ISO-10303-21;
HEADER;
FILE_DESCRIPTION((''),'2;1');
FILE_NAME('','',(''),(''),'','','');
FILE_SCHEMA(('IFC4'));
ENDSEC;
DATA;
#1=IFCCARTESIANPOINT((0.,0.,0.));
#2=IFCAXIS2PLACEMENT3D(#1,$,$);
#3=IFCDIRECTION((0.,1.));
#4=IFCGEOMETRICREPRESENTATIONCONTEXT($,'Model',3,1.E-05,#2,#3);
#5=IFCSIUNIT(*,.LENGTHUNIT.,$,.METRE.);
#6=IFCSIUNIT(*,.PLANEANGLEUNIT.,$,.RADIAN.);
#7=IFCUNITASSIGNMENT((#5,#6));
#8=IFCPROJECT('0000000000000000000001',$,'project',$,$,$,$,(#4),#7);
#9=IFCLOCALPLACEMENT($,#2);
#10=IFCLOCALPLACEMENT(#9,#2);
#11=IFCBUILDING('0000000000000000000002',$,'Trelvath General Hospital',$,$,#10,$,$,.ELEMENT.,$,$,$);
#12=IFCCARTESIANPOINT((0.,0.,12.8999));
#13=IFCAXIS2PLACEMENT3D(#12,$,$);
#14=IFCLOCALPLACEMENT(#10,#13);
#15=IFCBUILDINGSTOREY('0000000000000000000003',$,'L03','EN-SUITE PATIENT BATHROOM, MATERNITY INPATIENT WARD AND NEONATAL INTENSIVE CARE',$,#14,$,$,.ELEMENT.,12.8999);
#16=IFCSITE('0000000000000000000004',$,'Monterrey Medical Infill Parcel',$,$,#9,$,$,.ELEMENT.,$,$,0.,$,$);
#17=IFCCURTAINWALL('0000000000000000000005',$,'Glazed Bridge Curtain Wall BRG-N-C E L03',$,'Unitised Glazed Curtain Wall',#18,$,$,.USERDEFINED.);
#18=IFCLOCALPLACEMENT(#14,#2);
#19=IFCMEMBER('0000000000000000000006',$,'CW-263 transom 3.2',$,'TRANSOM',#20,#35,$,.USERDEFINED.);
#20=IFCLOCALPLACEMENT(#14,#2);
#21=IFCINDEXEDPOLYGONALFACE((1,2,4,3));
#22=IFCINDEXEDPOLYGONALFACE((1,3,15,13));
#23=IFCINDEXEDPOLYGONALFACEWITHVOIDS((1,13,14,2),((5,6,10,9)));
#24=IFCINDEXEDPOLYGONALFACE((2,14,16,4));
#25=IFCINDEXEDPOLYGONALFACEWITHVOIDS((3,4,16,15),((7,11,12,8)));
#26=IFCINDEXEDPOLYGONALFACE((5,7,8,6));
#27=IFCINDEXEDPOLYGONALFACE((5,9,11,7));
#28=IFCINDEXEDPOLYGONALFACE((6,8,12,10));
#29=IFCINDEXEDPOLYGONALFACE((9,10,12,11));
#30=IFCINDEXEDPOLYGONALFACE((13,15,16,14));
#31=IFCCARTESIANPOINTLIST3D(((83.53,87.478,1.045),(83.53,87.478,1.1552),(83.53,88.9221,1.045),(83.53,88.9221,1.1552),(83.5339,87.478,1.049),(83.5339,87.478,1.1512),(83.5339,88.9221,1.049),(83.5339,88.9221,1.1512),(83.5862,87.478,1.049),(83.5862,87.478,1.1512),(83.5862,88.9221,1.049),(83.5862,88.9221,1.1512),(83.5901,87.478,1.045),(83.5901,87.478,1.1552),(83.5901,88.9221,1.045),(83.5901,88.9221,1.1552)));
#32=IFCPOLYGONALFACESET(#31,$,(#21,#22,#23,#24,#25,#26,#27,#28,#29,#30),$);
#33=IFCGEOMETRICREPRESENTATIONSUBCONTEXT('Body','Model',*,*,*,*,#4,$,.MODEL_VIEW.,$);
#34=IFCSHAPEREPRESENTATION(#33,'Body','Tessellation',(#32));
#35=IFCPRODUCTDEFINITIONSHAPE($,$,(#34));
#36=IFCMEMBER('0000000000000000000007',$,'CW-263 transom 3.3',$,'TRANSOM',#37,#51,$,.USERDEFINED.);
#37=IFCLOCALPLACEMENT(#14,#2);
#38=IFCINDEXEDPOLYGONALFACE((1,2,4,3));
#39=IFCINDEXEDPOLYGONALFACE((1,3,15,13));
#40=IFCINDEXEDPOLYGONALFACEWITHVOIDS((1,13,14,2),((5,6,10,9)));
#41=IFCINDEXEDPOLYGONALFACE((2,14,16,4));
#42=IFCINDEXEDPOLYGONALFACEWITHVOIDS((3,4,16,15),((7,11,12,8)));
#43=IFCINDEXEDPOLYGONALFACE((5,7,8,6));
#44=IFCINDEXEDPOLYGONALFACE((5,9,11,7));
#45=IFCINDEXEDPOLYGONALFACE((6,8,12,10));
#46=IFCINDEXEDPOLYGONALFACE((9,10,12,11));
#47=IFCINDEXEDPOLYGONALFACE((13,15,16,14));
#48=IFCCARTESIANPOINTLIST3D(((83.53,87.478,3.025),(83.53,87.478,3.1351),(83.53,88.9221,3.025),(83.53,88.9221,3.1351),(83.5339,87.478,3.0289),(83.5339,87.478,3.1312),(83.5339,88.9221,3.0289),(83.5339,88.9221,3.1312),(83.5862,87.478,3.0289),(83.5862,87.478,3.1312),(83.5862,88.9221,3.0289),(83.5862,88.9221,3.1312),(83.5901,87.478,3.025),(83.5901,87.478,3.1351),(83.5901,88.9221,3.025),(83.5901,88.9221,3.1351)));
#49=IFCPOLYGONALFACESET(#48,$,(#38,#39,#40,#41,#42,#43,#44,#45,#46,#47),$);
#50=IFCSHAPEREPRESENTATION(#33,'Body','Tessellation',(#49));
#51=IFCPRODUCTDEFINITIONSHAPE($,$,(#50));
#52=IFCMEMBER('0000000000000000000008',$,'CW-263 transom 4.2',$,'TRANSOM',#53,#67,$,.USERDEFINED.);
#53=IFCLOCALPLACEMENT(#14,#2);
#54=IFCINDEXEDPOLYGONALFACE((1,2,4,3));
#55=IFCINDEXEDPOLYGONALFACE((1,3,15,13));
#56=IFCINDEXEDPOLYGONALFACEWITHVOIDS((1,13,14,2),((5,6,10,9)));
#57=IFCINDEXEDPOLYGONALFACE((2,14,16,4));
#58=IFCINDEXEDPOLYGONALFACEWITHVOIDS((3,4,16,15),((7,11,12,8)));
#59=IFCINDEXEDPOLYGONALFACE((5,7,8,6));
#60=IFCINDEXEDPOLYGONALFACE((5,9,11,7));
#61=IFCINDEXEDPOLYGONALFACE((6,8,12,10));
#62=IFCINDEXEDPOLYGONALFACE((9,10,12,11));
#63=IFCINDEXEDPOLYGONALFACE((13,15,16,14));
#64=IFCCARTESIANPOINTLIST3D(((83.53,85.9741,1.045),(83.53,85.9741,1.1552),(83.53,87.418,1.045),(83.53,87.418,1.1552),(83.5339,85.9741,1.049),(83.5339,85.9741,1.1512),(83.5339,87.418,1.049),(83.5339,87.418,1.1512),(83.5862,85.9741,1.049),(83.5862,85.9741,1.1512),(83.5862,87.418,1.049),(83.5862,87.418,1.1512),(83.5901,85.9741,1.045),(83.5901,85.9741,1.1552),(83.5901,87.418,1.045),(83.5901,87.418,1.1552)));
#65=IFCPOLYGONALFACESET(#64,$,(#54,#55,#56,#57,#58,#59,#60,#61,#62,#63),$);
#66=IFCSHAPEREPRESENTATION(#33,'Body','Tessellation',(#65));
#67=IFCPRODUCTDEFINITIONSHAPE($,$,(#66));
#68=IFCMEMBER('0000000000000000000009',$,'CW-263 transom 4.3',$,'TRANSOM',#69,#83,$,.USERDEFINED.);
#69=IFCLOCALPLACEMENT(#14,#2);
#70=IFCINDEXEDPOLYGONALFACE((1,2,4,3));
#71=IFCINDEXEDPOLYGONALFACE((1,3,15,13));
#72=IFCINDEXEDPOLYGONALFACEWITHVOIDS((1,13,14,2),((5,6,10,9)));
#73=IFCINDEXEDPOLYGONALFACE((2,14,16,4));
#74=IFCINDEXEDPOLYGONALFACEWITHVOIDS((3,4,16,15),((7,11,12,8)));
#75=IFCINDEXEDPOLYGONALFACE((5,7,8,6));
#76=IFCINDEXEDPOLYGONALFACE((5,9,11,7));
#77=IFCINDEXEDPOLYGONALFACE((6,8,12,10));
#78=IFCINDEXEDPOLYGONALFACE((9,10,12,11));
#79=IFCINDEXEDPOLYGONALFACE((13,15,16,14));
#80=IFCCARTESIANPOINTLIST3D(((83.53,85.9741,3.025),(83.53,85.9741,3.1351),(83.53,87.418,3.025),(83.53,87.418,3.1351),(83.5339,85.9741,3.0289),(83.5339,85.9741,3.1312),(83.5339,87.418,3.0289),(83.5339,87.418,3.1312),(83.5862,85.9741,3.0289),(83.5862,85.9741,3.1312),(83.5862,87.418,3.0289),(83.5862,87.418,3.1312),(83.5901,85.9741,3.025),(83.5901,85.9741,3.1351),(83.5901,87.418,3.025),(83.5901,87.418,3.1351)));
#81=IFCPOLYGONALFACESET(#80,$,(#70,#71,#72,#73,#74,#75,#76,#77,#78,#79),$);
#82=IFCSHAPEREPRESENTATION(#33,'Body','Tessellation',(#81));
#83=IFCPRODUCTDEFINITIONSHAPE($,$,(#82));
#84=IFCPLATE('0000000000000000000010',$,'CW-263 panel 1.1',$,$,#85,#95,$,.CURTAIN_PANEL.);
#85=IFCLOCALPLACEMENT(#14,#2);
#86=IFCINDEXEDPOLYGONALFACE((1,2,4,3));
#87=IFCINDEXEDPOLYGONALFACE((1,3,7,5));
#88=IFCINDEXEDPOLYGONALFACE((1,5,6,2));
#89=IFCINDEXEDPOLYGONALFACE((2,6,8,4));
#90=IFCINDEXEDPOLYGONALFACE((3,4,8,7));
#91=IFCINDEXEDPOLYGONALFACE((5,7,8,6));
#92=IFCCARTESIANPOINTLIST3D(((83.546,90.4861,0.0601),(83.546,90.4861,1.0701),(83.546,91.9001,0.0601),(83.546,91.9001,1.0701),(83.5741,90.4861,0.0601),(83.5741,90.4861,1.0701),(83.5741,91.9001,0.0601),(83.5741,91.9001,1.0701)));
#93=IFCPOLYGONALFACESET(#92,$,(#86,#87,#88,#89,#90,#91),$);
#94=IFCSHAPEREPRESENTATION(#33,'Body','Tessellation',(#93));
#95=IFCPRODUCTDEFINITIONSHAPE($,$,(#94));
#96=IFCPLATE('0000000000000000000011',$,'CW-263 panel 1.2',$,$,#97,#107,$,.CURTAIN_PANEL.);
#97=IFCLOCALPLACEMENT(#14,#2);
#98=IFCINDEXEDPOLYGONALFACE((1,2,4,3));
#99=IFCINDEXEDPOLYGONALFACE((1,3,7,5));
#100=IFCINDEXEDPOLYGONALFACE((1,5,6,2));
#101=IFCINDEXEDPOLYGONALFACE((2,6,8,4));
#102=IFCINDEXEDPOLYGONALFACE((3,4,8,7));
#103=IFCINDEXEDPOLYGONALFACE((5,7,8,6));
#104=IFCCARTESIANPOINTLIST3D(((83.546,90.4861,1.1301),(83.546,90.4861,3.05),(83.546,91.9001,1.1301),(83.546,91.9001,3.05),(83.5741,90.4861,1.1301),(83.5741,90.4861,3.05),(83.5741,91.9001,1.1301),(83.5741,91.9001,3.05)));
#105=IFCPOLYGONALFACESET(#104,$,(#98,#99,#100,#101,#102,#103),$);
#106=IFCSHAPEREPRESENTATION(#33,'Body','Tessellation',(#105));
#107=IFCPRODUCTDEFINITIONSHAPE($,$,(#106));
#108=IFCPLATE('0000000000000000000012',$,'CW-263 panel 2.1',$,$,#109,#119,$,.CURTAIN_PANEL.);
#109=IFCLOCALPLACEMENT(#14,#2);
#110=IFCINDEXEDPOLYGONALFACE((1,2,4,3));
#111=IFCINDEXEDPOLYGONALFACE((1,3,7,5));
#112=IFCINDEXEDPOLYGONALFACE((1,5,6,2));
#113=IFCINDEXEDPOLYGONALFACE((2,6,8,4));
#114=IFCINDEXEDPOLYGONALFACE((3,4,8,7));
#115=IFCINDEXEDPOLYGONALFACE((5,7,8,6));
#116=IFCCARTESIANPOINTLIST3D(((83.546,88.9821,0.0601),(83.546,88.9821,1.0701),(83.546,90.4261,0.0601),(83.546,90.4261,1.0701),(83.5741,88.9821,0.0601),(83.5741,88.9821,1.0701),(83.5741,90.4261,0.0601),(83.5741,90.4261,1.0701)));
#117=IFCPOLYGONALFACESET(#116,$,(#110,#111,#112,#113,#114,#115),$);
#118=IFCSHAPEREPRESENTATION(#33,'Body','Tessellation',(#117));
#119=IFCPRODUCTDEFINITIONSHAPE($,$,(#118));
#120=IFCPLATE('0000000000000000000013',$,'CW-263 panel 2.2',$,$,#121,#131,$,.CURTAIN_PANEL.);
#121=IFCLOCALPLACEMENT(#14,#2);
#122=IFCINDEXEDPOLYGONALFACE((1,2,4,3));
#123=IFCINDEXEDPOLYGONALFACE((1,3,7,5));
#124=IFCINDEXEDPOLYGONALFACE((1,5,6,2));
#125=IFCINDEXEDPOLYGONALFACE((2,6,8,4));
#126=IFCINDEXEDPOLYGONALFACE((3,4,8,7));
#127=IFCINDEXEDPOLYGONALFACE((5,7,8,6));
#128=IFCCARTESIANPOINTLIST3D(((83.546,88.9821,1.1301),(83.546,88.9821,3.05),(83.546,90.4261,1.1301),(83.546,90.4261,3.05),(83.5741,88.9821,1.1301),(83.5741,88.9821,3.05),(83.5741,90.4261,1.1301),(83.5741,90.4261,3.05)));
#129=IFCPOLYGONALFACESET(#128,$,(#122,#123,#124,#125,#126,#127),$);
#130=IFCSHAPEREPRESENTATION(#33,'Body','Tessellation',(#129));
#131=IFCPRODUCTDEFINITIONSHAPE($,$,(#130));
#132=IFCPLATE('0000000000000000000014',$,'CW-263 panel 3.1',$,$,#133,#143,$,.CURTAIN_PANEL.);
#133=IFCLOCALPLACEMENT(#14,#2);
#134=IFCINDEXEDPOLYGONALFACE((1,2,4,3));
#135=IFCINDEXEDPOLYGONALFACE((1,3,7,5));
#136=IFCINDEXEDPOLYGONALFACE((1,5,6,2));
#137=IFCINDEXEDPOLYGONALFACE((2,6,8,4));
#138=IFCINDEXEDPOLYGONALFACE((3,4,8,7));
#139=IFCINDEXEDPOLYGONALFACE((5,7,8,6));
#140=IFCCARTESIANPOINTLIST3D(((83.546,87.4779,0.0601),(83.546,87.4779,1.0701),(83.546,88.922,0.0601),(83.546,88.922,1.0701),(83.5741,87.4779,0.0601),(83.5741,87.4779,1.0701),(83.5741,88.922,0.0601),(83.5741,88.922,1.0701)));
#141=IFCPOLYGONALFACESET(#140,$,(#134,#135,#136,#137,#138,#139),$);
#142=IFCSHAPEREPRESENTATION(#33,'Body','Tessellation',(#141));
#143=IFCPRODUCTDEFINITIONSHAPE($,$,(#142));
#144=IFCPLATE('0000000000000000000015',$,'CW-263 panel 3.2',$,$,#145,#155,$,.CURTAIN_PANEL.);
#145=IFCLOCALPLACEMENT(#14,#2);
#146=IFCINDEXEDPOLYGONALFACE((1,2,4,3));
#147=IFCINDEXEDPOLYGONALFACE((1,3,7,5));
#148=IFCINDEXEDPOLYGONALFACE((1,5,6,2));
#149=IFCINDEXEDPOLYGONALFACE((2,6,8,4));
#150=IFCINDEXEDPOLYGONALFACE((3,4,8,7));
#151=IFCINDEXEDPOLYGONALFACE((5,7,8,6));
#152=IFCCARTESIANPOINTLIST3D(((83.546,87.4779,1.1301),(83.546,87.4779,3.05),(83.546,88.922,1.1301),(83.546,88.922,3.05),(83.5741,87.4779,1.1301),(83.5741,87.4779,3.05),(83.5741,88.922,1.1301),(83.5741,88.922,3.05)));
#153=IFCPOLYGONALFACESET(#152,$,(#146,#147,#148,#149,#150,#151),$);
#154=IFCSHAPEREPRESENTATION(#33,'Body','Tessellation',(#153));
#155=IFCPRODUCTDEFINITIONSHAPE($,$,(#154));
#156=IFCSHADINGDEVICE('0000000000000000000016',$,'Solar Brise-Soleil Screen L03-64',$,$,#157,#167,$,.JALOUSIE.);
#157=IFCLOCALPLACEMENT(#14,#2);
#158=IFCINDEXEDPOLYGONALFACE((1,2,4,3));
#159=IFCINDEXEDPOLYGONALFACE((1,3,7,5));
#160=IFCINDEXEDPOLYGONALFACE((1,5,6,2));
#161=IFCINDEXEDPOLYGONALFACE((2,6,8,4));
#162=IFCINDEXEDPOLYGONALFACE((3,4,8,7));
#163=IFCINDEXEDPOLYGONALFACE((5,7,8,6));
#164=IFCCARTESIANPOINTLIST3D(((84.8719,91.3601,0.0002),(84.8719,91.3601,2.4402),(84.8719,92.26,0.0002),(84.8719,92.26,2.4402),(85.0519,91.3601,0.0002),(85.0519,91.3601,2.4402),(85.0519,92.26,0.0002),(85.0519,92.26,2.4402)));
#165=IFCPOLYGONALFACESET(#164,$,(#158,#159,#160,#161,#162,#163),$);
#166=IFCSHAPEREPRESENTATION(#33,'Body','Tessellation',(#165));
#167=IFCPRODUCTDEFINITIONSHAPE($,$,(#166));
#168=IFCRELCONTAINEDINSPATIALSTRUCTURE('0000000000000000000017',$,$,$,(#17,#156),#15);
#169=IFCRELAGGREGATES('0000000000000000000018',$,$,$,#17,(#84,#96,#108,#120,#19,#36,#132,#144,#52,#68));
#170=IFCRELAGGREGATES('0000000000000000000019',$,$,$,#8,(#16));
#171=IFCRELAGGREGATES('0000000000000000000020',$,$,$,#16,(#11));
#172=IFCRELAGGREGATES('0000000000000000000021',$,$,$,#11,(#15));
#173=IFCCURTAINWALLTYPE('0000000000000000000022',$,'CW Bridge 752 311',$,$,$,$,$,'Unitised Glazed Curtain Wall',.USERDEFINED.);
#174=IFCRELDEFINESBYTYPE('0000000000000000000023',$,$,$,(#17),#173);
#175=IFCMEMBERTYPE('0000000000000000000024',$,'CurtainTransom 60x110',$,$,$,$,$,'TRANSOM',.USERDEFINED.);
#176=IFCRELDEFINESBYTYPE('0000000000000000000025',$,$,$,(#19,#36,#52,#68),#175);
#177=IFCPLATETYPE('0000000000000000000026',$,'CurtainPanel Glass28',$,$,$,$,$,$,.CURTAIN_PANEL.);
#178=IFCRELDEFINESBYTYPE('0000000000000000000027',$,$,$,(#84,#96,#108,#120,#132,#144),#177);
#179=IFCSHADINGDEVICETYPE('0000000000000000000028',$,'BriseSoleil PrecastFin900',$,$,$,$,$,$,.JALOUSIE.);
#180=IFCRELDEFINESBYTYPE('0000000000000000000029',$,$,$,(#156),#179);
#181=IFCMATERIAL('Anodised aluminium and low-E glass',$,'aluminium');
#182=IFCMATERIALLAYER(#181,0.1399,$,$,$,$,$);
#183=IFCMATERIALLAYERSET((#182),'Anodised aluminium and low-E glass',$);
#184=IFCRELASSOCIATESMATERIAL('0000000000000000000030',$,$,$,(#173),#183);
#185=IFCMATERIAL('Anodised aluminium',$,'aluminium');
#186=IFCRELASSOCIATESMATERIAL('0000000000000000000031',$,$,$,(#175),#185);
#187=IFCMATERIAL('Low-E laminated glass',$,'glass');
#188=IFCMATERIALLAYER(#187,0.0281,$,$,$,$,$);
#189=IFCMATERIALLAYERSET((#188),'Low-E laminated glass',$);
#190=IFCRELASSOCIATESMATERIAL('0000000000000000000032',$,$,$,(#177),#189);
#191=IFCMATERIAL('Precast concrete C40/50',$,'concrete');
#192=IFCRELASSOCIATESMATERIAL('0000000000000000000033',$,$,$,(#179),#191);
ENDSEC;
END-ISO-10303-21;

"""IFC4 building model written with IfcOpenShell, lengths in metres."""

from ifc_helpers import new_model, si_unit, direction, frame, origin, origin_2d, place, context, subcontext, project, spatial, rectangle, hollow_rectangle, extrude, material, layer, layer_set, material_profile, profile_set, type_object, element, aggregate, save


model = new_model("IFC4")

# Units and contexts
model_context = context("Model", 3, precision=1e-05, world=origin(), true_north=direction((0.0, 1.0)))
body_context = subcontext(model_context, "Body", "Model", "MODEL_VIEW")
ifc_project = project(units=[si_unit("LENGTHUNIT", "METRE"), si_unit("PLANEANGLEUNIT", "RADIAN")], contexts=[model_context])

# Site, building, storey
site_placement = place(None, origin())
site = spatial("IfcSite", under=ifc_project, at=site_placement, Name="Monterrey Medical Infill Parcel", CompositionType="ELEMENT", RefElevation=0.0)
building_placement = place(site_placement, origin())
building = spatial("IfcBuilding", under=site, at=building_placement, Name="Trelvath General Hospital", CompositionType="ELEMENT")
storey_placement = place(building_placement, frame((0.0, 0.0, 12.8999)))
storey = spatial("IfcBuildingStorey", under=building, at=storey_placement, Name="L03", Description="EN-SUITE PATIENT BATHROOM, MATERNITY INPATIENT WARD AND NEONATAL INTENSIVE CARE", CompositionType="ELEMENT", Elevation=12.8999)

# Curtain wall, members, plates
ifc_material_1 = material(Name="Anodised aluminium and low-E glass", Category="aluminium")
ifc_layer_1 = layer(ifc_material_1, 0.1399)
ifc_layer_set_1 = layer_set([ifc_layer_1], Name="Anodised aluminium and low-E glass")
curtain_wall_type = type_object("IfcCurtainWallType", Name="CW Bridge 752 311", ElementType="Unitised Glazed Curtain Wall", PredefinedType="USERDEFINED", material=ifc_layer_set_1)
curtain_wall_placement = place(storey_placement, origin())
curtain_wall = element("IfcCurtainWall", 1, at=curtain_wall_placement, inside=storey, type_object=curtain_wall_type, Name="Glazed Bridge Curtain Wall BRG-N-C E L03", ObjectType="Unitised Glazed Curtain Wall", PredefinedType="USERDEFINED")
ifc_material_2 = material(Name="Anodised aluminium", Category="aluminium")
ifc_material_profile_1 = material_profile(ifc_material_2, hollow_rectangle(XDim=0.0601, YDim=0.1101, WallThickness=0.0039, at=origin_2d()), Name="RHS60x110x4")
ifc_profile_set_1 = profile_set([ifc_material_profile_1], Name="Anodised aluminium")
member_type_1 = type_object("IfcMemberType", Name="CurtainTransom 60x110", ElementType="TRANSOM", PredefinedType="USERDEFINED", material=ifc_profile_set_1)
member_1_placement = place(storey_placement, frame((83.5601, 88.9221, 1.1001), z_axis=(0.0, -1.0, 0.0), x_axis=(1.0, 0.0, 0.0)))
member_1 = element("IfcMember", 2, at=member_1_placement, type_object=member_type_1, Name="CW-263 transom 3.2", ObjectType="TRANSOM", PredefinedType="USERDEFINED", context=body_context, shape_type="SweptSolid", body=[
    extrude(hollow_rectangle(XDim=0.0601, YDim=0.1101, WallThickness=0.0039, at=origin_2d()), origin(), (0.0, 0.0, 1.0), 1.4441),
])
member_2_placement = place(storey_placement, frame((83.5601, 88.9221, 3.0801), z_axis=(0.0, -1.0, 0.0), x_axis=(1.0, 0.0, 0.0)))
member_2 = element("IfcMember", 3, at=member_2_placement, type_object=member_type_1, Name="CW-263 transom 3.3", ObjectType="TRANSOM", PredefinedType="USERDEFINED", context=body_context, shape_type="SweptSolid", body=[
    extrude(hollow_rectangle(XDim=0.0601, YDim=0.1101, WallThickness=0.0039, at=origin_2d()), origin(), (0.0, 0.0, 1.0), 1.4441),
])
member_3_placement = place(storey_placement, frame((83.5601, 87.418, 1.1001), z_axis=(0.0, -1.0, 0.0), x_axis=(1.0, 0.0, 0.0)))
member_3 = element("IfcMember", 4, at=member_3_placement, type_object=member_type_1, Name="CW-263 transom 4.2", ObjectType="TRANSOM", PredefinedType="USERDEFINED", context=body_context, shape_type="SweptSolid", body=[
    extrude(hollow_rectangle(XDim=0.0601, YDim=0.1101, WallThickness=0.0039, at=origin_2d()), origin(), (0.0, 0.0, 1.0), 1.4438),
])
member_4_placement = place(storey_placement, frame((83.5601, 87.418, 3.0801), z_axis=(0.0, -1.0, 0.0), x_axis=(1.0, 0.0, 0.0)))
member_4 = element("IfcMember", 5, at=member_4_placement, type_object=member_type_1, Name="CW-263 transom 4.3", ObjectType="TRANSOM", PredefinedType="USERDEFINED", context=body_context, shape_type="SweptSolid", body=[
    extrude(hollow_rectangle(XDim=0.0601, YDim=0.1101, WallThickness=0.0039, at=origin_2d()), origin(), (0.0, 0.0, 1.0), 1.4438),
])
ifc_material_3 = material(Name="Low-E laminated glass", Category="glass")
ifc_layer_2 = layer(ifc_material_3, 0.0281)
ifc_layer_set_2 = layer_set([ifc_layer_2], Name="Low-E laminated glass")
plate_type = type_object("IfcPlateType", Name="CurtainPanel Glass28", PredefinedType="CURTAIN_PANEL", material=ifc_layer_set_2)
plate_1_placement = place(storey_placement, frame((83.5601, 91.1931, 0.0601), z_axis=(0.0, 0.0, 1.0), x_axis=(0.0, -1.0, 0.0)))
plate_1 = element("IfcPlate", 6, at=plate_1_placement, type_object=plate_type, Name="CW-263 panel 1.1", PredefinedType="CURTAIN_PANEL", context=body_context, shape_type="SweptSolid", body=[
    extrude(rectangle(XDim=1.4141, YDim=0.0281, at=origin_2d()), origin(), (0.0, 0.0, 1.0), 1.01),
])
plate_2_placement = place(storey_placement, frame((83.5601, 91.1931, 1.1301), z_axis=(0.0, 0.0, 1.0), x_axis=(0.0, -1.0, 0.0)))
plate_2 = element("IfcPlate", 7, at=plate_2_placement, type_object=plate_type, Name="CW-263 panel 1.2", PredefinedType="CURTAIN_PANEL", context=body_context, shape_type="SweptSolid", body=[
    extrude(rectangle(XDim=1.4141, YDim=0.0281, at=origin_2d()), origin(), (0.0, 0.0, 1.0), 1.9199),
])
plate_3_placement = place(storey_placement, frame((83.5601, 89.7041, 0.0601), z_axis=(0.0, 0.0, 1.0), x_axis=(0.0, -1.0, 0.0)))
plate_3 = element("IfcPlate", 8, at=plate_3_placement, type_object=plate_type, Name="CW-263 panel 2.1", PredefinedType="CURTAIN_PANEL", context=body_context, shape_type="SweptSolid", body=[
    extrude(rectangle(XDim=1.4441, YDim=0.0281, at=origin_2d()), origin(), (0.0, 0.0, 1.0), 1.01),
])
plate_4_placement = place(storey_placement, frame((83.5601, 89.7041, 1.1301), z_axis=(0.0, 0.0, 1.0), x_axis=(0.0, -1.0, 0.0)))
plate_4 = element("IfcPlate", 9, at=plate_4_placement, type_object=plate_type, Name="CW-263 panel 2.2", PredefinedType="CURTAIN_PANEL", context=body_context, shape_type="SweptSolid", body=[
    extrude(rectangle(XDim=1.4441, YDim=0.0281, at=origin_2d()), origin(), (0.0, 0.0, 1.0), 1.9199),
])
plate_5_placement = place(storey_placement, frame((83.5601, 88.2, 0.0601), z_axis=(0.0, 0.0, 1.0), x_axis=(0.0, -1.0, 0.0)))
plate_5 = element("IfcPlate", 10, at=plate_5_placement, type_object=plate_type, Name="CW-263 panel 3.1", PredefinedType="CURTAIN_PANEL", context=body_context, shape_type="SweptSolid", body=[
    extrude(rectangle(XDim=1.4441, YDim=0.0281, at=origin_2d()), origin(), (0.0, 0.0, 1.0), 1.01),
])
plate_6_placement = place(storey_placement, frame((83.5601, 88.2, 1.1301), z_axis=(0.0, 0.0, 1.0), x_axis=(0.0, -1.0, 0.0)))
plate_6 = element("IfcPlate", 11, at=plate_6_placement, type_object=plate_type, Name="CW-263 panel 3.2", PredefinedType="CURTAIN_PANEL", context=body_context, shape_type="SweptSolid", body=[
    extrude(rectangle(XDim=1.4441, YDim=0.0281, at=origin_2d()), origin(), (0.0, 0.0, 1.0), 1.9199),
])
aggregate(curtain_wall, [plate_1, plate_2, plate_3, plate_4, member_1, member_2, plate_5, plate_6, member_3, member_4])

# Shading device
ifc_material_4 = material(Name="Precast concrete C40/50", Category="concrete")
shading_device_type = type_object("IfcShadingDeviceType", Name="BriseSoleil PrecastFin900", PredefinedType="JALOUSIE", material=ifc_material_4)
shading_device_placement = place(storey_placement, frame((84.9619, 91.8101, 0.0002), z_axis=(0.0, 0.0, 1.0), x_axis=(0.0, -1.0, 0.0)))
element("IfcShadingDevice", 12, at=shading_device_placement, inside=storey, type_object=shading_device_type, Name="Solar Brise-Soleil Screen L03-64", PredefinedType="JALOUSIE", context=body_context, shape_type="SweptSolid", body=[
    extrude(rectangle(XDim=0.8999, YDim=0.1799, at=origin_2d()), origin(), (0.0, 0.0, 1.0), 2.4399),
])

save(model, "model.ifc")
